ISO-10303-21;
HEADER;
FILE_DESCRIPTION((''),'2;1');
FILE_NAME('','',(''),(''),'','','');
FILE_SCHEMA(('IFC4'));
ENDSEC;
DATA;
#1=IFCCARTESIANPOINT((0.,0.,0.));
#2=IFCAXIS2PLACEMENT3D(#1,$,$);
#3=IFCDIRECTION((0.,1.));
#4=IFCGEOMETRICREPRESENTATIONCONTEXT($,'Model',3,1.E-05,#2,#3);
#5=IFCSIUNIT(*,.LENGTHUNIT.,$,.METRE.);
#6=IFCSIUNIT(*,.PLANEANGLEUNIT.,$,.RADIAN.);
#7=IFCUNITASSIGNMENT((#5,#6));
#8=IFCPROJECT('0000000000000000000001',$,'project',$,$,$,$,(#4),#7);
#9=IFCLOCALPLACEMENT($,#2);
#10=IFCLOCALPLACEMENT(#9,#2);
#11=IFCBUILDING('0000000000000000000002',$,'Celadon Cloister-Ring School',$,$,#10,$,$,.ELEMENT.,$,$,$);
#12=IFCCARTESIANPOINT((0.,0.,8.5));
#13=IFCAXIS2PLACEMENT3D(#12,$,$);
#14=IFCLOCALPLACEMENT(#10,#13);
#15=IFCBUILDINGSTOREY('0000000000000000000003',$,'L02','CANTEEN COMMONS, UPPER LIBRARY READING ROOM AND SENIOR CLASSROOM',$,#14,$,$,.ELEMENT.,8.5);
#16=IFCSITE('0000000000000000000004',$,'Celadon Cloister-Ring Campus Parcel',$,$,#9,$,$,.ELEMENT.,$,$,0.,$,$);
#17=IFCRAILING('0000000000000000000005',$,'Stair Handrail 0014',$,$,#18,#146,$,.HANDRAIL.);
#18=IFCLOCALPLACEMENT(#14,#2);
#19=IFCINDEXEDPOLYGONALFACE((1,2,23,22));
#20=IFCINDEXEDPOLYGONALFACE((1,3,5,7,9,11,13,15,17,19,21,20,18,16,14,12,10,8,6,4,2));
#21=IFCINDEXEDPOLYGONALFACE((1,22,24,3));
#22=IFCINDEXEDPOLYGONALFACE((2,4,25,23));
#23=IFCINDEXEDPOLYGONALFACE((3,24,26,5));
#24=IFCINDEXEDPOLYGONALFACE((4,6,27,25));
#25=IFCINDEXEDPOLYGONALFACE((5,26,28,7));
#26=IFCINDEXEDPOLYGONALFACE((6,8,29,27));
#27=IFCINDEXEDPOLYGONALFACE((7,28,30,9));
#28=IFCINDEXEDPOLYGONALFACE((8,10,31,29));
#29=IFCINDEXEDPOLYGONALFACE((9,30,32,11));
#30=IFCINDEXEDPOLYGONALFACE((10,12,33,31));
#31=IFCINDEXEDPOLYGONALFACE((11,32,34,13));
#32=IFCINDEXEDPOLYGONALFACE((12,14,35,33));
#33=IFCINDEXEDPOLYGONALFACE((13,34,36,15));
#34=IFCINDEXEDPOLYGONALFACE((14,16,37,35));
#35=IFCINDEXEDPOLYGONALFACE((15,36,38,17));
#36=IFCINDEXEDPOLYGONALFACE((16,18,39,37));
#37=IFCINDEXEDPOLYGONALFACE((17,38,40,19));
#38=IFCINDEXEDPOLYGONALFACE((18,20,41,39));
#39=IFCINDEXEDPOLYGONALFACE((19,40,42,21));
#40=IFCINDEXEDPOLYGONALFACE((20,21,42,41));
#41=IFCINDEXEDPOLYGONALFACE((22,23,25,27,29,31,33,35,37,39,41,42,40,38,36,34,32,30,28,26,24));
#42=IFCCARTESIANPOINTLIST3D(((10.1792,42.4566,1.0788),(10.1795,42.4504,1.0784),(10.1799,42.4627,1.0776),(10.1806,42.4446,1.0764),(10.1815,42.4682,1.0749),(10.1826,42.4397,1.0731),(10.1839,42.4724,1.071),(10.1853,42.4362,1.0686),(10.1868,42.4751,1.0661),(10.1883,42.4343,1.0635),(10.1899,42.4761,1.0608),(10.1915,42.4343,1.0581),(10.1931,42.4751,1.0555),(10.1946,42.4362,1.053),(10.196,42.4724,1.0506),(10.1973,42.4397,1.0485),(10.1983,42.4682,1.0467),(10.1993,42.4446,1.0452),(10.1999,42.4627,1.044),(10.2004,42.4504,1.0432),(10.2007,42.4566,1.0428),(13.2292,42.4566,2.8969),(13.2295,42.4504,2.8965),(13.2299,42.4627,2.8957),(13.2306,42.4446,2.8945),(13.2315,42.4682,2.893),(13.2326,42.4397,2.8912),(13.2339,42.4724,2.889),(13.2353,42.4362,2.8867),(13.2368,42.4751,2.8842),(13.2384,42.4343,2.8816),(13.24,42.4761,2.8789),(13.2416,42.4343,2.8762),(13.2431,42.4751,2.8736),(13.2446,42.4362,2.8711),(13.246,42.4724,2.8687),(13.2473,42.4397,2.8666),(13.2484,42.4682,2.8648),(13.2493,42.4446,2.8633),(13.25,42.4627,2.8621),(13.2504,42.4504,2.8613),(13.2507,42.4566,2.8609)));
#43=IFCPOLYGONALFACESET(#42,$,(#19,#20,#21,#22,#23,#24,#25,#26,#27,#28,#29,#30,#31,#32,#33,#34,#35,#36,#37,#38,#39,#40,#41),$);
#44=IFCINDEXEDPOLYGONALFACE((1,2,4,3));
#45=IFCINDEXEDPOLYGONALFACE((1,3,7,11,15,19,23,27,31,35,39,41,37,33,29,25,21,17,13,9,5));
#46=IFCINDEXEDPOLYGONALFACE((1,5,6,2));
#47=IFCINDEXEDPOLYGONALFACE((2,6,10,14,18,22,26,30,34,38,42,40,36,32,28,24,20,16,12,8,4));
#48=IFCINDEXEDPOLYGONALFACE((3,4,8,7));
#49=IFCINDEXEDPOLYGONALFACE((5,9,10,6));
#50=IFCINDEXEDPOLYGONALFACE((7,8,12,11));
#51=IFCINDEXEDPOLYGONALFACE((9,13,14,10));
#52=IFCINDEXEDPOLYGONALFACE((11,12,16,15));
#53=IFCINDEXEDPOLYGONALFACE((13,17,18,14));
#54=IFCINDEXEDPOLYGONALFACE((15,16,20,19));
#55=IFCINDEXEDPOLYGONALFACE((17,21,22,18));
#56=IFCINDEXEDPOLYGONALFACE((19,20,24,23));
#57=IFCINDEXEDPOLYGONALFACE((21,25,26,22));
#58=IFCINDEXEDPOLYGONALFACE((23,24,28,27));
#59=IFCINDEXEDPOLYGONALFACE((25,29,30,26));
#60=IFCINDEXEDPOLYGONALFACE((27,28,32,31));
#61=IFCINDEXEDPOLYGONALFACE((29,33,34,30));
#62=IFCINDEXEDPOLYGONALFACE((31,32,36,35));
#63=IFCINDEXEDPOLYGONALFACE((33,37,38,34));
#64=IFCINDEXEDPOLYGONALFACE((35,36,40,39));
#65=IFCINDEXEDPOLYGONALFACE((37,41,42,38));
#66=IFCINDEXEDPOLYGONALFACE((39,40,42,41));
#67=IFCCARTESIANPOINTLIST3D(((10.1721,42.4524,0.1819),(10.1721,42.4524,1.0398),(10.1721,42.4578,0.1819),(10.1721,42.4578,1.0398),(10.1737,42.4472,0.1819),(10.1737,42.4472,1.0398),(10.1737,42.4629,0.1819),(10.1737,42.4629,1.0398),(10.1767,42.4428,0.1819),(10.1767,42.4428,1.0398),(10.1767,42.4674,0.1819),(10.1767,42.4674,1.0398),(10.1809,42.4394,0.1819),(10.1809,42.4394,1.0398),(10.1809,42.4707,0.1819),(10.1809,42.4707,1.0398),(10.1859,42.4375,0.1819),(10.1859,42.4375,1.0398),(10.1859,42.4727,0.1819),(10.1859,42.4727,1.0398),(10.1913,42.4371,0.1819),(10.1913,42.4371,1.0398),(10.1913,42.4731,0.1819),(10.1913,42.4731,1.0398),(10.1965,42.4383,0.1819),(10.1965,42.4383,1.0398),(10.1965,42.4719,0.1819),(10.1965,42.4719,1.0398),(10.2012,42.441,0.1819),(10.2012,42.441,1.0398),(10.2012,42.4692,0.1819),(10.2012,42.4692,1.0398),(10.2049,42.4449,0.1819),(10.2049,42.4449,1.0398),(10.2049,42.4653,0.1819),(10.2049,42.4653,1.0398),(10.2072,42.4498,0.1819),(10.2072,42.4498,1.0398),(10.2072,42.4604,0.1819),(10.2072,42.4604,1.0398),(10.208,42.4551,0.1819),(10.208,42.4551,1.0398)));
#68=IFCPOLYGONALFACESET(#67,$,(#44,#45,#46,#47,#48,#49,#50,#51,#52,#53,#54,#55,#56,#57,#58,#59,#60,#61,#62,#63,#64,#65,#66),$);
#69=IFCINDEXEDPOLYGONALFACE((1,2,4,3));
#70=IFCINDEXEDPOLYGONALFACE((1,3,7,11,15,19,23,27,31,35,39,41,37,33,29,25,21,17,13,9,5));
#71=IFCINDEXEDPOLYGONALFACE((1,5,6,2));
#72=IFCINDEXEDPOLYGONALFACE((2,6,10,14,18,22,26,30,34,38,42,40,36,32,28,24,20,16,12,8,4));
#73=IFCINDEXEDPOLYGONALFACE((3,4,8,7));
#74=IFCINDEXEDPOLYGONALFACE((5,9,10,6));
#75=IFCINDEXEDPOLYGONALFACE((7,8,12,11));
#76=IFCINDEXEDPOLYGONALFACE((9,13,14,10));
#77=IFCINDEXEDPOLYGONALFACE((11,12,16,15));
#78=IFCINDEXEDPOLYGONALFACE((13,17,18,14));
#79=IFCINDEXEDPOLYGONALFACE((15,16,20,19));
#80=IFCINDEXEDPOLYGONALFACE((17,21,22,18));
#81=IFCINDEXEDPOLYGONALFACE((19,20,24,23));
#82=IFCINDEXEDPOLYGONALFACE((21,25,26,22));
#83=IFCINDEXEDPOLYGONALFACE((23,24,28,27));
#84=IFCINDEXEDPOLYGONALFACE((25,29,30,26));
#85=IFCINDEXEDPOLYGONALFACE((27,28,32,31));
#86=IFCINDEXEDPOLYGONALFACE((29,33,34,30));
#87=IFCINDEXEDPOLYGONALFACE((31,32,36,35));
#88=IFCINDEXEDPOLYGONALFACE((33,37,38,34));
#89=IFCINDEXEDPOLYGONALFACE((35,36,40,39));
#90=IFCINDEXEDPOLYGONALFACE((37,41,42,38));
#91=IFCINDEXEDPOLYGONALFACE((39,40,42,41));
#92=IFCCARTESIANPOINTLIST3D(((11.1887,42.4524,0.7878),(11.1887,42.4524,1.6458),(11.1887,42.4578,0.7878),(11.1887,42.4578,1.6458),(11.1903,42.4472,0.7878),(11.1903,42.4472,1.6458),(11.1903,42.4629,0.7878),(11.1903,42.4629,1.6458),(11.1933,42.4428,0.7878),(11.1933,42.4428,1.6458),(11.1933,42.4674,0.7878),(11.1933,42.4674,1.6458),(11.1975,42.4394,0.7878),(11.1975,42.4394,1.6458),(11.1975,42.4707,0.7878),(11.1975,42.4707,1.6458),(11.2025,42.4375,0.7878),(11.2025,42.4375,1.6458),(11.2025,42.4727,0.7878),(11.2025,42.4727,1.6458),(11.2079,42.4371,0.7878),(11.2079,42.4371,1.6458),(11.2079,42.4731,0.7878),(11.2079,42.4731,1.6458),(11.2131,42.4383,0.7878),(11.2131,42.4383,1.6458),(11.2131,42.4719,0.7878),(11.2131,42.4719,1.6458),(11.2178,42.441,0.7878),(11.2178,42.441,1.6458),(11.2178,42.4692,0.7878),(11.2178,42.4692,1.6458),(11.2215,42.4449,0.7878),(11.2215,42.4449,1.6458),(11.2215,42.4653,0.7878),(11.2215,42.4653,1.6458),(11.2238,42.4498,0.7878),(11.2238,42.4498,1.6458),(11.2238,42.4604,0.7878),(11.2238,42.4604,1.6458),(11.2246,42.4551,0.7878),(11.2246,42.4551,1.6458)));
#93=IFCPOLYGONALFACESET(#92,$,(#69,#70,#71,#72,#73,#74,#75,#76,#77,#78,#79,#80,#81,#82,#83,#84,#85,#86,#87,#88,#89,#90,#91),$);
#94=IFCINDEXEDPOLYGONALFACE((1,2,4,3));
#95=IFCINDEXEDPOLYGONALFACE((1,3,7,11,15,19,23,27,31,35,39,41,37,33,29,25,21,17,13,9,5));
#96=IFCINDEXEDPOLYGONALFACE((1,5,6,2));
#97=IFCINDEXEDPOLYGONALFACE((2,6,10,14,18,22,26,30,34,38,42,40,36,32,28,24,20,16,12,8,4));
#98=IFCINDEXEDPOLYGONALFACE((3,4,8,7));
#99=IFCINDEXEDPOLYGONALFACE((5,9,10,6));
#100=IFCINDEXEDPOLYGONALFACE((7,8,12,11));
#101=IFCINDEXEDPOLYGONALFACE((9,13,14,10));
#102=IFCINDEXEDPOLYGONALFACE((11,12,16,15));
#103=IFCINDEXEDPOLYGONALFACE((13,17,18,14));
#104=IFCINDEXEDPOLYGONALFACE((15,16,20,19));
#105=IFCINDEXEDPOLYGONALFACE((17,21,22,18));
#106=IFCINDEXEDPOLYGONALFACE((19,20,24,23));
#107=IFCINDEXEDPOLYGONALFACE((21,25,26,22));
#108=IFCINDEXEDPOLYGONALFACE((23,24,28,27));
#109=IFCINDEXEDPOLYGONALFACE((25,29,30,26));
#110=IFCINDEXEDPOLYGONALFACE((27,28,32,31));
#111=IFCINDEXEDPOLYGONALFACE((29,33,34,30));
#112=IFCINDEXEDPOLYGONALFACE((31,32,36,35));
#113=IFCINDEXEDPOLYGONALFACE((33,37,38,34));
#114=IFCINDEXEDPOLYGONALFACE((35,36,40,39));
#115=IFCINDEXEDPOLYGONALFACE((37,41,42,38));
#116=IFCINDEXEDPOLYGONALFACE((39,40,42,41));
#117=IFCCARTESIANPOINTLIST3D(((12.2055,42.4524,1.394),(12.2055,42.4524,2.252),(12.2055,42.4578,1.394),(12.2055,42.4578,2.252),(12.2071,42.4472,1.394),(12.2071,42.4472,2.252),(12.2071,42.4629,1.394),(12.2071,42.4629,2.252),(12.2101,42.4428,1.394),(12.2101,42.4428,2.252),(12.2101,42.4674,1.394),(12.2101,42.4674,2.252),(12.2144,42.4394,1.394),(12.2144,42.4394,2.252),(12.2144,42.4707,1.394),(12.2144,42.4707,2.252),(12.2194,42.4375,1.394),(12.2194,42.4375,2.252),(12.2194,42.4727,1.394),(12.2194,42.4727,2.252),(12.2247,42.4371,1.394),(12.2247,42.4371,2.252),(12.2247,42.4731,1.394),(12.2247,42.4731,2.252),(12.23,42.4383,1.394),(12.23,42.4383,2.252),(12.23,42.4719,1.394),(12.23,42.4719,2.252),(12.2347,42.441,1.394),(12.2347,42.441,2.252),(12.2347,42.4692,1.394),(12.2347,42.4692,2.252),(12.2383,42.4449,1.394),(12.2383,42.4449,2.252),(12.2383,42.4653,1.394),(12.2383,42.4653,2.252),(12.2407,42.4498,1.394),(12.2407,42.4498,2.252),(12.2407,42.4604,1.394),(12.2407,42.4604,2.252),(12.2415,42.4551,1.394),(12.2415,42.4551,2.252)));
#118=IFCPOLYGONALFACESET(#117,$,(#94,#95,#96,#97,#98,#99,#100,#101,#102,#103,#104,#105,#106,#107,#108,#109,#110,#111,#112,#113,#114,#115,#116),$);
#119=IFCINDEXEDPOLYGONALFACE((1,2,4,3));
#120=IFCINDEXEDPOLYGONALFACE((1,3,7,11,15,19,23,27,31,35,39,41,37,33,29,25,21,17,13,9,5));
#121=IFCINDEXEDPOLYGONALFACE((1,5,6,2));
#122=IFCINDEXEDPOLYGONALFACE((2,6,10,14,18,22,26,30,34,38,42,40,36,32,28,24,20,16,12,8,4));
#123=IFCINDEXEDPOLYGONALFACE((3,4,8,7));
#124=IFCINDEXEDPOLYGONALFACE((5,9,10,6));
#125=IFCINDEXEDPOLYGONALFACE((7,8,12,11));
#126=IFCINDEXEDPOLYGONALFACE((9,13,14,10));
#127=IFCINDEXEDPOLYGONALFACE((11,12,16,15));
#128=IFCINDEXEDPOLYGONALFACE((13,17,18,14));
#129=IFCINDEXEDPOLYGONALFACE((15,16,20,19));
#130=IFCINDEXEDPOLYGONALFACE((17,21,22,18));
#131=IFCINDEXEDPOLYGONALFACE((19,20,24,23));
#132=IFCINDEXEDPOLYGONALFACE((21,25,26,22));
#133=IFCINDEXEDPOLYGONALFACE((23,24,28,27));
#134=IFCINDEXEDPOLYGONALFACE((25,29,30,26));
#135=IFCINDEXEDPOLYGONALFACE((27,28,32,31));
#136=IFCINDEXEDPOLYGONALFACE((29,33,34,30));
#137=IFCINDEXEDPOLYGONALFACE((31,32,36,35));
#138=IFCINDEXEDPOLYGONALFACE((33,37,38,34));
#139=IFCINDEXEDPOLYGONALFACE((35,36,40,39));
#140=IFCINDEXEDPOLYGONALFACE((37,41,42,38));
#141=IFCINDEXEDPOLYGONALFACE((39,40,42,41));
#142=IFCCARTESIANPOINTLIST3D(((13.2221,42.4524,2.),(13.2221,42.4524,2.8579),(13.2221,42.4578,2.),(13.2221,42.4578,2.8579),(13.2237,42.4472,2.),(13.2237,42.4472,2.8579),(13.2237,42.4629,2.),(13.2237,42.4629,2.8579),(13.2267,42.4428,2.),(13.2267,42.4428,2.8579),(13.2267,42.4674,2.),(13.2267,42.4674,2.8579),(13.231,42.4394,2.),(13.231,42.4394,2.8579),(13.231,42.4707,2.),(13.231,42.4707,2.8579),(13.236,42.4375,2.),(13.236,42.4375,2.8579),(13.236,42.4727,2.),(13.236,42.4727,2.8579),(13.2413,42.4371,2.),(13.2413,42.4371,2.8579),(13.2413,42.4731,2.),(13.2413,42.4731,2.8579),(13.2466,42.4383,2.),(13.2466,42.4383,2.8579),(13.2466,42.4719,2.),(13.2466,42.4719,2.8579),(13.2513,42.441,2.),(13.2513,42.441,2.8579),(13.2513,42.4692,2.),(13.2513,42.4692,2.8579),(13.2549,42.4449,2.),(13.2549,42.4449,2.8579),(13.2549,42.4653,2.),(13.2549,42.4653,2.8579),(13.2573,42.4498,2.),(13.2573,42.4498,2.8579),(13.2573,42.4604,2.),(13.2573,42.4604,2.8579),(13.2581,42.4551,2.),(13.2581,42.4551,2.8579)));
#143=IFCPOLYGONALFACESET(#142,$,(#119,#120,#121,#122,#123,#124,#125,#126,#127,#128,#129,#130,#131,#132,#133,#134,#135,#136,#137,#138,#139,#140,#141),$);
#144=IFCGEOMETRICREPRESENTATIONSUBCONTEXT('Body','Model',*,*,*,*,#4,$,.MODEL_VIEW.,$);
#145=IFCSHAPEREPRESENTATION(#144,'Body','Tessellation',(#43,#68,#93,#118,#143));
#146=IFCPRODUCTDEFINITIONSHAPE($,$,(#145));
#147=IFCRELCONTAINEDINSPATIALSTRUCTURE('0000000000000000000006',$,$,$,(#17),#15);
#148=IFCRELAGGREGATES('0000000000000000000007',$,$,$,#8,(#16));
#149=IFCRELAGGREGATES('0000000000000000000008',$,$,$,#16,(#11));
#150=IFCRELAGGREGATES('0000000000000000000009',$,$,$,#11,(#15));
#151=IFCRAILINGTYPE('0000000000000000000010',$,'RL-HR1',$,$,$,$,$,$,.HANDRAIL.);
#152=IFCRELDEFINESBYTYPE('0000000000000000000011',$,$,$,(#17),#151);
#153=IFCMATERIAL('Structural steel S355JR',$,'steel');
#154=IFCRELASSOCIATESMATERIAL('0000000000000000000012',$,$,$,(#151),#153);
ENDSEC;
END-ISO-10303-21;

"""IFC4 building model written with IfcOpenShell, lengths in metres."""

from ifc_helpers import new_model, si_unit, direction, frame, origin, origin_2d, place, context, subcontext, project, spatial, circle, extrude, material, type_object, element, save


model = new_model("IFC4")

# Units and contexts
model_context = context("Model", 3, precision=1e-05, world=origin(), true_north=direction((0.0, 1.0)))
body_context = subcontext(model_context, "Body", "Model", "MODEL_VIEW")
ifc_project = project(units=[si_unit("LENGTHUNIT", "METRE"), si_unit("PLANEANGLEUNIT", "RADIAN")], contexts=[model_context])

# Site, building, storey
site_placement = place(None, origin())
site = spatial("IfcSite", under=ifc_project, at=site_placement, Name="Celadon Cloister-Ring Campus Parcel", CompositionType="ELEMENT", RefElevation=0.0)
building_placement = place(site_placement, origin())
building = spatial("IfcBuilding", under=site, at=building_placement, Name="Celadon Cloister-Ring School", CompositionType="ELEMENT")
storey_placement = place(building_placement, frame((0.0, 0.0, 8.5)))
storey = spatial("IfcBuildingStorey", under=building, at=storey_placement, Name="L02", Description="CANTEEN COMMONS, UPPER LIBRARY READING ROOM AND SENIOR CLASSROOM", CompositionType="ELEMENT", Elevation=8.5)

# Railing
ifc_material_1 = material(Name="Structural steel S355JR", Category="steel")
railing_type_1 = type_object("IfcRailingType", Name="RL-HR1", PredefinedType="HANDRAIL", material=ifc_material_1)
for number, where, name in (
    (1, (10.1899, 42.4551, 0.1819), "Stair Handrail 0014"),
):
    element("IfcRailing", number, at=place(storey_placement, frame(where)), inside=storey, type_object=railing_type_1, Name=name, PredefinedType="HANDRAIL", context=body_context, shape_type="SweptSolid", body=[
        extrude(circle(Radius=0.021, at=origin_2d()), frame((0.0, 0.0, 0.8789), z_axis=(0.85897, 0.0, 0.512026), x_axis=(0.0, 1.0, 0.0)), (0.0, 0.0, 1.0), 3.5508),
        extrude(circle(Radius=0.0181, at=origin_2d()), origin(), (0.0, 0.0, 1.0), 0.8579),
        extrude(circle(Radius=0.0181, at=origin_2d()), frame((1.0166, 0.0, 0.606)), (0.0, 0.0, 1.0), 0.8579),
        extrude(circle(Radius=0.0181, at=origin_2d()), frame((2.0334, 0.0, 1.2122)), (0.0, 0.0, 1.0), 0.8579),
        extrude(circle(Radius=0.0181, at=origin_2d()), frame((3.05, 0.0, 1.8181)), (0.0, 0.0, 1.0), 0.8579),
    ])

save(model, "model.ifc")
